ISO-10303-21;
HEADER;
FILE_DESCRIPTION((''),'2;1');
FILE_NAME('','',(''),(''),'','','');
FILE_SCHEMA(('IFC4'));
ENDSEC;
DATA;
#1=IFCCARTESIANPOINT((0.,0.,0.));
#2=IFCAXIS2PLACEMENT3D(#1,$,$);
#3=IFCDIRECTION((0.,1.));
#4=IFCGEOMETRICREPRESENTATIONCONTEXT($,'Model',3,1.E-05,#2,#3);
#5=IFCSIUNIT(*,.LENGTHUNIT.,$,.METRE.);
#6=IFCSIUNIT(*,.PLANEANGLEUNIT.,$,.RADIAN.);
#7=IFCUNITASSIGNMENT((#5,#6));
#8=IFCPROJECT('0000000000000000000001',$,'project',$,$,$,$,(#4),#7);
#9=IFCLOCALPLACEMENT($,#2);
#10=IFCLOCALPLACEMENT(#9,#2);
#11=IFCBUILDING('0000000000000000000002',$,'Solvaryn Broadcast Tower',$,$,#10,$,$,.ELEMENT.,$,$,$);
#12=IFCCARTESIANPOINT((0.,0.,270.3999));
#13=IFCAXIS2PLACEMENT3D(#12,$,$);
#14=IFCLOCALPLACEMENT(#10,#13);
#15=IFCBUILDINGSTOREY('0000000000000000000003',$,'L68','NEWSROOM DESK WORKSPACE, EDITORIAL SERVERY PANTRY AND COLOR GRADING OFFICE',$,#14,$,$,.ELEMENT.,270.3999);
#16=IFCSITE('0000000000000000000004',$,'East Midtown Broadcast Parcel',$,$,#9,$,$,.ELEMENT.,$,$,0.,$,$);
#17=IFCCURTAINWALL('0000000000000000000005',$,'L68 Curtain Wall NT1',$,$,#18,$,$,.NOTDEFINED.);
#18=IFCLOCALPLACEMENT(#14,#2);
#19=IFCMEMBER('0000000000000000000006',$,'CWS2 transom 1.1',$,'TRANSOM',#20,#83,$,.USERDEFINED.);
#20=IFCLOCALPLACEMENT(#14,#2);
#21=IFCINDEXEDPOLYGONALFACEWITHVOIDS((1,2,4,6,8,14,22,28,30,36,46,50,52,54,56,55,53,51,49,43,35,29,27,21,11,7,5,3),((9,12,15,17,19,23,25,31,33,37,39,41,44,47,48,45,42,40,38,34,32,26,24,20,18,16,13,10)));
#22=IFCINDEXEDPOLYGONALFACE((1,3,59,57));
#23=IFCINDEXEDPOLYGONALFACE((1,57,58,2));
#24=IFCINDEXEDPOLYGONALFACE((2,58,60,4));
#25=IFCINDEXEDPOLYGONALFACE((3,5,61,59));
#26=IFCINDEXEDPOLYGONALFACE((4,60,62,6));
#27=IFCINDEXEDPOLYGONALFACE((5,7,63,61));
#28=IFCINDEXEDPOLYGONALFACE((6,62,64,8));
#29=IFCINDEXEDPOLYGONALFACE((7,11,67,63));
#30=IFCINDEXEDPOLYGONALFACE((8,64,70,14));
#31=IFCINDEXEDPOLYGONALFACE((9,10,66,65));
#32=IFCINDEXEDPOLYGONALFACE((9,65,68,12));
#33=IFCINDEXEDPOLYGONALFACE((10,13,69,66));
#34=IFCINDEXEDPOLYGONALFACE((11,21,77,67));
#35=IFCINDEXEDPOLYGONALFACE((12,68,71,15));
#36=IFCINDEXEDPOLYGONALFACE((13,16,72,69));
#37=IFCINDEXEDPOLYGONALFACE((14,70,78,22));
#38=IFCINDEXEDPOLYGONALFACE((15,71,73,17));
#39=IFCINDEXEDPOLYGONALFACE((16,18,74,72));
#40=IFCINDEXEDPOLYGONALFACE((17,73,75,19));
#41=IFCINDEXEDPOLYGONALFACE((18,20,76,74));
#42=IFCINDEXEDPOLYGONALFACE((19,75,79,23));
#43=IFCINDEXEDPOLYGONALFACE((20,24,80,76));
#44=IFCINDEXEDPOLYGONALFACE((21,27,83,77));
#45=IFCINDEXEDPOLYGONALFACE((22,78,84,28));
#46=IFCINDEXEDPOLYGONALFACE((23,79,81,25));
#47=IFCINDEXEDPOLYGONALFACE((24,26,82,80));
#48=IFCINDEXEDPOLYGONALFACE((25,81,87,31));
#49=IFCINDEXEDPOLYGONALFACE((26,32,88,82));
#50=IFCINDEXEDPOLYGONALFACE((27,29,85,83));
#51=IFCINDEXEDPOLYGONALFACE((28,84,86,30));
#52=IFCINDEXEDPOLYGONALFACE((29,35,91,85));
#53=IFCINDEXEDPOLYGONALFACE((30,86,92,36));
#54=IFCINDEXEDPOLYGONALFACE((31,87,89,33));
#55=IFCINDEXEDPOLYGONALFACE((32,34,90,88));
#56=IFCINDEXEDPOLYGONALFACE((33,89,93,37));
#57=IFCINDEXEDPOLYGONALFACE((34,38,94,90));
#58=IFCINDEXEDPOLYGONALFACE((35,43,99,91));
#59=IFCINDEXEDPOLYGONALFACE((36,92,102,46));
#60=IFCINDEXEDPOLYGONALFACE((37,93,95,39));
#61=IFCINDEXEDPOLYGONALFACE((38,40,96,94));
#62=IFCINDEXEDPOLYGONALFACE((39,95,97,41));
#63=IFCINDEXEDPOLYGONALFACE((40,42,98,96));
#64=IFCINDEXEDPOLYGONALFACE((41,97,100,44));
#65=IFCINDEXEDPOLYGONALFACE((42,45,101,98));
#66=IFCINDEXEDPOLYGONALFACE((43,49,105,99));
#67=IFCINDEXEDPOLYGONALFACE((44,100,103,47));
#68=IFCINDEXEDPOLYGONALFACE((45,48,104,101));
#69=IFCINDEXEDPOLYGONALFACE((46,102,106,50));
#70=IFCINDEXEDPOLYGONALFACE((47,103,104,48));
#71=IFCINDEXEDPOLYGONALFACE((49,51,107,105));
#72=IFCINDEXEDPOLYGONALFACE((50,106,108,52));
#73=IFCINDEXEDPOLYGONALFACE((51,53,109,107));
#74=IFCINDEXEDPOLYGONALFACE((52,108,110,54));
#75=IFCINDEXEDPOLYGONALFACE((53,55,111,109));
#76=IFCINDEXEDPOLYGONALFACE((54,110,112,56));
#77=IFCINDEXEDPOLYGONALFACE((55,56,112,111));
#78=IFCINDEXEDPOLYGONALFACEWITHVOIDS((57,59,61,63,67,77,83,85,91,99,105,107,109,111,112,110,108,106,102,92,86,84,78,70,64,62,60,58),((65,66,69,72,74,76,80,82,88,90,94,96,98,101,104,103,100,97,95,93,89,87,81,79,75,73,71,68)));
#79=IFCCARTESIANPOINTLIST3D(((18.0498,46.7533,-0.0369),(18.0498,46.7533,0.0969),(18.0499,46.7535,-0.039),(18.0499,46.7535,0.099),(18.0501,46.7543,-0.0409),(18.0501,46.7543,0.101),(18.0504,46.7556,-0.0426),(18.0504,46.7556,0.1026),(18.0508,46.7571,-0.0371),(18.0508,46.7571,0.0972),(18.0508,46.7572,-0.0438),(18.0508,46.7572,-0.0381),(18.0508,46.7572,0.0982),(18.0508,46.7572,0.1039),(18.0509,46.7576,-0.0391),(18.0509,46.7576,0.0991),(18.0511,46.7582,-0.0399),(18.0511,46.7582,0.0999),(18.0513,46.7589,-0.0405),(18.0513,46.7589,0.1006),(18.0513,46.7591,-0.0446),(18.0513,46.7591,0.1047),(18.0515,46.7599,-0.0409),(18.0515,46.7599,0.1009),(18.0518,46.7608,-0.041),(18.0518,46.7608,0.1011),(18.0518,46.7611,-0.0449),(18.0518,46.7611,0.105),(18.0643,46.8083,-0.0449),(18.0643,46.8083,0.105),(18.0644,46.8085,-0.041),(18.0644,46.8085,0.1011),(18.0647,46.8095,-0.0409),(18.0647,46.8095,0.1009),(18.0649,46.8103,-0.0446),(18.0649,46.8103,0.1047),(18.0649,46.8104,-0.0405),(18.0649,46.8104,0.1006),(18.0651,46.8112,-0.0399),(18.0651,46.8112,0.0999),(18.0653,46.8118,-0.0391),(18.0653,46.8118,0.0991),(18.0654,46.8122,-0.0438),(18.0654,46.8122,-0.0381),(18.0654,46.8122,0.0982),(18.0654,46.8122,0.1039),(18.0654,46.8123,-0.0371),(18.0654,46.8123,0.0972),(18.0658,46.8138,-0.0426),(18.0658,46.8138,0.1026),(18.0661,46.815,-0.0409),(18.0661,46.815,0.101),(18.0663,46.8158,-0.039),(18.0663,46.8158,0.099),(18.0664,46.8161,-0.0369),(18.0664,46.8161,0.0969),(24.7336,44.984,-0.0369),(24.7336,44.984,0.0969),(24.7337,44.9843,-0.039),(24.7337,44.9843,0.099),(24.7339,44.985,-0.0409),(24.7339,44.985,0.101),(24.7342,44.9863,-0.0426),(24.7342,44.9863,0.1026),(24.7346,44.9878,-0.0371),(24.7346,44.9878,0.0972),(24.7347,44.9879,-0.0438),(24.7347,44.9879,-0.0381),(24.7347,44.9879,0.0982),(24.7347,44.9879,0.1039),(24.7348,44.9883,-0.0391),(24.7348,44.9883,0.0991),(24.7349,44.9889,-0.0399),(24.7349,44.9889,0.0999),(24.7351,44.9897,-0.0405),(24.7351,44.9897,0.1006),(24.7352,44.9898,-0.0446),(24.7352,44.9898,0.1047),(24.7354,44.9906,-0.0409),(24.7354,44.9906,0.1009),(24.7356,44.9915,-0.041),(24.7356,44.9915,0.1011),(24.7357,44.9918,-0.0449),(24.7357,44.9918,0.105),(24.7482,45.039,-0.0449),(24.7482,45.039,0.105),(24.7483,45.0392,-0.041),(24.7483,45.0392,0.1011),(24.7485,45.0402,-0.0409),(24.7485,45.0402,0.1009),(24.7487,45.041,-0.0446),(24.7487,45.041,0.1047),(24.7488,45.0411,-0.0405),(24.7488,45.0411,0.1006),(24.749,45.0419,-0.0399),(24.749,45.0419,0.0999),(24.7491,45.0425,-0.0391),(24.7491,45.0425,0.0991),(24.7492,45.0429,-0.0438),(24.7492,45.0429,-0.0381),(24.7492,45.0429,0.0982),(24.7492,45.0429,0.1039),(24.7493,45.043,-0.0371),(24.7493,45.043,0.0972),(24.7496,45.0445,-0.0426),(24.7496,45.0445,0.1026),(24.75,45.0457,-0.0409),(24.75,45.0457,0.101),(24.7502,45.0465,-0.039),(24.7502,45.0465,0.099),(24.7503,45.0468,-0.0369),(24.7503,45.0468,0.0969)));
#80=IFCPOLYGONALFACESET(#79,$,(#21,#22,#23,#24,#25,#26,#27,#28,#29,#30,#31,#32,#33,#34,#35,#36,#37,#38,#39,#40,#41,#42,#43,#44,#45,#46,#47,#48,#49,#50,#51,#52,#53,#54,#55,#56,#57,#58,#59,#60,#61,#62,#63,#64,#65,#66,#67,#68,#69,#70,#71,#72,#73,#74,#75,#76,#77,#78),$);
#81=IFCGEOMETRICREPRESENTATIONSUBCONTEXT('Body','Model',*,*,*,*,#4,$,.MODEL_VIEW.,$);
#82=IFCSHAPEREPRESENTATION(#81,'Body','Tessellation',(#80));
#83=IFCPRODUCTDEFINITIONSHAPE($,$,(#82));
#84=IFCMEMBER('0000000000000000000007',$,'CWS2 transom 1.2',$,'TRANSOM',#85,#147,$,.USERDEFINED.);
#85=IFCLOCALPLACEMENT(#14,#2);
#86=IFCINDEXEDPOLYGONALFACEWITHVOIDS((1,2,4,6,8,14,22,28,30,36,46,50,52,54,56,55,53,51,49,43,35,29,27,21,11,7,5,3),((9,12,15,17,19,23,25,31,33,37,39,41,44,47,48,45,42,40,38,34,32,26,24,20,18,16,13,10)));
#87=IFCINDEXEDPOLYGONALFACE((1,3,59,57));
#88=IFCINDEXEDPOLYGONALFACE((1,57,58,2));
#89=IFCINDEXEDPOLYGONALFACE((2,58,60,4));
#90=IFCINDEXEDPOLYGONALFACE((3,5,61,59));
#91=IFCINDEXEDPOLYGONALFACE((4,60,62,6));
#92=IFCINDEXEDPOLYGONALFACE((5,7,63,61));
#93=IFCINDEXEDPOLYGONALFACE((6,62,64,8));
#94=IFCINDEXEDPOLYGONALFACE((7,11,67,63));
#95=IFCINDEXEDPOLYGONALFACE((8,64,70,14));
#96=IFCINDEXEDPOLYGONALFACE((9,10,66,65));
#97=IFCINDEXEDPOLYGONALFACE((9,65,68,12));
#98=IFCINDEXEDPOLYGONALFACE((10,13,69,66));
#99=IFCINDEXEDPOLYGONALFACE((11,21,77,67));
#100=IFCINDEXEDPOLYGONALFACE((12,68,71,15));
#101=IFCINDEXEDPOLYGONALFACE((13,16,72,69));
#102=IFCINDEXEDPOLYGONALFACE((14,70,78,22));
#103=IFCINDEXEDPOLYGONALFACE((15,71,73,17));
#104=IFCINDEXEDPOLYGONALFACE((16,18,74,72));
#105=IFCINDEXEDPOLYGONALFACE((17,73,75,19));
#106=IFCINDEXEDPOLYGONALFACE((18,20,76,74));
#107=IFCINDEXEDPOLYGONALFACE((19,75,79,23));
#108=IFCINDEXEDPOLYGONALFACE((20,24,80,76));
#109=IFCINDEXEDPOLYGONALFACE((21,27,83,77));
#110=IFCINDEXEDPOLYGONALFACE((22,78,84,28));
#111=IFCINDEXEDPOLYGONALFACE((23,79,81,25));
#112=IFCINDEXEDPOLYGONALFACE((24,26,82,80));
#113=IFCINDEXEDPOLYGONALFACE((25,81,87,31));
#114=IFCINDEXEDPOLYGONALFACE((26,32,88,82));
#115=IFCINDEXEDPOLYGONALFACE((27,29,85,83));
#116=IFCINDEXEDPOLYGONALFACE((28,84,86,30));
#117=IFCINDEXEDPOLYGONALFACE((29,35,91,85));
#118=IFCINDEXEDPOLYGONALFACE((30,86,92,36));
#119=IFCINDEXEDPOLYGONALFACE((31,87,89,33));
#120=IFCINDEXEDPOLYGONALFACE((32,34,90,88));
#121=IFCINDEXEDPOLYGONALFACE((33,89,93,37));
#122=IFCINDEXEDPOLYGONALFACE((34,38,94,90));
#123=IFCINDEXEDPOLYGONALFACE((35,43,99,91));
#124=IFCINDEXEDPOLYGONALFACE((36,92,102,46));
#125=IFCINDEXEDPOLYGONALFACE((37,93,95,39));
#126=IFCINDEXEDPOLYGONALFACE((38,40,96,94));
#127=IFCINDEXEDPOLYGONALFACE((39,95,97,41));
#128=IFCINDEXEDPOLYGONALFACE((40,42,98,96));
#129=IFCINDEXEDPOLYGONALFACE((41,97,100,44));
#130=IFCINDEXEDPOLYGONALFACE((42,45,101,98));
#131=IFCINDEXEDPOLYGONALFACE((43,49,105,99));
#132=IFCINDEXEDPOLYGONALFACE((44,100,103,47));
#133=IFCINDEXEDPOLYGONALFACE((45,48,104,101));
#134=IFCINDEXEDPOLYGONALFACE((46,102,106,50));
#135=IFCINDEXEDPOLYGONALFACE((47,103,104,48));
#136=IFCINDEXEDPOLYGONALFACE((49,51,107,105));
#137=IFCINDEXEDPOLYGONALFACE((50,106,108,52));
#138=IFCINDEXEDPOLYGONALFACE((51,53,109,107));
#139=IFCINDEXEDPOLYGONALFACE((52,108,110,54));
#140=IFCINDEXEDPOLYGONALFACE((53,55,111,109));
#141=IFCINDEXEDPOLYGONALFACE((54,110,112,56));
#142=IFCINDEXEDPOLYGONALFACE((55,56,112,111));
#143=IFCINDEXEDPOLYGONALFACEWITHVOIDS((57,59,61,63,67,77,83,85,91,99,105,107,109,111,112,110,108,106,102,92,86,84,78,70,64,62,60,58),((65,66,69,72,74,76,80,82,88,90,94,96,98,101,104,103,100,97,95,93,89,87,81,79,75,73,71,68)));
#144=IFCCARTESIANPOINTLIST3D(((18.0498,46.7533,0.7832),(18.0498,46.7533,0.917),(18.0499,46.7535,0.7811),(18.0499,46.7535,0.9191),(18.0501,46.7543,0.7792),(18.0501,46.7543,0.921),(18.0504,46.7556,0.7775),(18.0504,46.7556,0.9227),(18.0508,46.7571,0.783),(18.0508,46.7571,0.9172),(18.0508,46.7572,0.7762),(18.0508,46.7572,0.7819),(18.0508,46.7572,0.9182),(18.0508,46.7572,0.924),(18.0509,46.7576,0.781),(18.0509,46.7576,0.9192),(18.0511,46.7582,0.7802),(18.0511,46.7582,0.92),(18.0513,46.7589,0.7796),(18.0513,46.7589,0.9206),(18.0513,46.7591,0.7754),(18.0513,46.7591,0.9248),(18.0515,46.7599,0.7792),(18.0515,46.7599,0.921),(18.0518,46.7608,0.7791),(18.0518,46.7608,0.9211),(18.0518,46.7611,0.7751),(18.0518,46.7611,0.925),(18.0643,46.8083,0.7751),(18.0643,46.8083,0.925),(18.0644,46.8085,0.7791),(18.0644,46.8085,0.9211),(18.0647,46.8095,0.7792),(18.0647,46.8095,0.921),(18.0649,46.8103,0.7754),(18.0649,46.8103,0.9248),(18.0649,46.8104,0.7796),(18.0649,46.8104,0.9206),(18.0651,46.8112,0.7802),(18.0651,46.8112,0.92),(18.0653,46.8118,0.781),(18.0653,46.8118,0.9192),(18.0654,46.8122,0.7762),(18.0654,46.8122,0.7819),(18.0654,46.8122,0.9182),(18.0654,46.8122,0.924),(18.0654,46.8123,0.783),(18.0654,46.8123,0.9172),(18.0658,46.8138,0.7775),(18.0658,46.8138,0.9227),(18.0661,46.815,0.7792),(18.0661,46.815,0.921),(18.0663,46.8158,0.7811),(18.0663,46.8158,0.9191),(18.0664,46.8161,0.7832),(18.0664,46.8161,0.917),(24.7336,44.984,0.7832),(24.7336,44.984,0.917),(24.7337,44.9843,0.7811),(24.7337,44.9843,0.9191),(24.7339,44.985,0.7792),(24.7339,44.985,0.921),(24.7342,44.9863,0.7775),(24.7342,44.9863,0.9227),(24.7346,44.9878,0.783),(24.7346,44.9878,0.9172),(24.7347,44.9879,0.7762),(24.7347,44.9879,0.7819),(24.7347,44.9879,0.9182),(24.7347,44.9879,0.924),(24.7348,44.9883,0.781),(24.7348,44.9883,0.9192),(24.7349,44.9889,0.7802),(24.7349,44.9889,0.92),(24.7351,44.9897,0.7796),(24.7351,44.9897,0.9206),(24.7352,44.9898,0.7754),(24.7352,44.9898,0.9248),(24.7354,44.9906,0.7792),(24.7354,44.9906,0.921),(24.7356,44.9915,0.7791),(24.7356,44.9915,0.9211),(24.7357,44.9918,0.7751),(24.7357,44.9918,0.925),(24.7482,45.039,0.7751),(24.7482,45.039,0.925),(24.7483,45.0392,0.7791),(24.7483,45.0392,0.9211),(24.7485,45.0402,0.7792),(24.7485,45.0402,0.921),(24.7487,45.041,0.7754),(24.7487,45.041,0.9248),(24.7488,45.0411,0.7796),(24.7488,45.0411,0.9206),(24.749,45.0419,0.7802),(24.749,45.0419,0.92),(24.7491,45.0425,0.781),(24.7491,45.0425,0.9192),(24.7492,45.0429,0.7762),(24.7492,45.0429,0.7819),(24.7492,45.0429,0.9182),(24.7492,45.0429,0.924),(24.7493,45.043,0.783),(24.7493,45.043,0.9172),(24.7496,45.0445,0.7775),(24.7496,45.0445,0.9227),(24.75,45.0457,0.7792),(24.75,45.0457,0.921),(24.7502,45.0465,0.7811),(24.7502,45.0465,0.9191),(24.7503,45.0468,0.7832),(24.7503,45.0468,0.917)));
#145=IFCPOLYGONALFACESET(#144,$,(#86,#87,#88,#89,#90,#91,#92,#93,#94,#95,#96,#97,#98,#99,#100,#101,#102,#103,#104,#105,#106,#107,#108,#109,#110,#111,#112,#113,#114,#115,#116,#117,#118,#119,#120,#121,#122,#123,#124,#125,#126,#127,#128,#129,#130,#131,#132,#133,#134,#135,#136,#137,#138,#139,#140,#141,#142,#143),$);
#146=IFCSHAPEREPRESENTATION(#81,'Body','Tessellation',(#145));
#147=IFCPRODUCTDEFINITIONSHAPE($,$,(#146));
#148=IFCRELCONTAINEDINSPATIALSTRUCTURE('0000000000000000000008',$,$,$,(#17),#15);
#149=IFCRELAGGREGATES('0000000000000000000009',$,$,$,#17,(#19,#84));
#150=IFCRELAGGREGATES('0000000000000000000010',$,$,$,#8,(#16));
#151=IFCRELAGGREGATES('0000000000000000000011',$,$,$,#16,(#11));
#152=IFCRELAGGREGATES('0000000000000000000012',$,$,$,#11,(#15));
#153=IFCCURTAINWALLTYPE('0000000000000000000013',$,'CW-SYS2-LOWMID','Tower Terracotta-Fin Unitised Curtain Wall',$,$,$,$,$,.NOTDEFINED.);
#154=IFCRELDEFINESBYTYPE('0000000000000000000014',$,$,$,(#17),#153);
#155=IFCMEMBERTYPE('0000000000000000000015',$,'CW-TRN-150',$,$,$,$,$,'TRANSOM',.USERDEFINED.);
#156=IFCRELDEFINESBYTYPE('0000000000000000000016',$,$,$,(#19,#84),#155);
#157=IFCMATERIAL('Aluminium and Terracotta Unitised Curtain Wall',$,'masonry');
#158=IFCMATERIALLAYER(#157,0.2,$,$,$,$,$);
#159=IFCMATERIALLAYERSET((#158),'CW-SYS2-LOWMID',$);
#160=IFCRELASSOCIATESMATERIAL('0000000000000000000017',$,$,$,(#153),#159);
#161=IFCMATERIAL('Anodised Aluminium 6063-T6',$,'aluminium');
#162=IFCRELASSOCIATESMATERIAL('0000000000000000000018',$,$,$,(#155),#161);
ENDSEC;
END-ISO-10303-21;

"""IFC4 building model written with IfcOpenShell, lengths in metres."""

from ifc_helpers import new_model, si_unit, direction, frame, origin, origin_2d, place, context, subcontext, project, spatial, hollow_rectangle, extrude, material, layer, layer_set, material_profile, profile_set, type_object, element, aggregate, save


model = new_model("IFC4")

# Units and contexts
model_context = context("Model", 3, precision=1e-05, world=origin(), true_north=direction((0.0, 1.0)))
body_context = subcontext(model_context, "Body", "Model", "MODEL_VIEW")
ifc_project = project(units=[si_unit("LENGTHUNIT", "METRE"), si_unit("PLANEANGLEUNIT", "RADIAN")], contexts=[model_context])

# Site, building, storey
site_placement = place(None, origin())
site = spatial("IfcSite", under=ifc_project, at=site_placement, Name="East Midtown Broadcast Parcel", CompositionType="ELEMENT", RefElevation=0.0)
building_placement = place(site_placement, origin())
building = spatial("IfcBuilding", under=site, at=building_placement, Name="Solvaryn Broadcast Tower", CompositionType="ELEMENT")
storey_placement = place(building_placement, frame((0.0, 0.0, 270.3999)))
storey = spatial("IfcBuildingStorey", under=building, at=storey_placement, Name="L68", Description="NEWSROOM DESK WORKSPACE, EDITORIAL SERVERY PANTRY AND COLOR GRADING OFFICE", CompositionType="ELEMENT", Elevation=270.3999)

# Shared definitions
ifc_material_1 = material(Name="Aluminium and Terracotta Unitised Curtain Wall", Category="masonry")
ifc_layer_1 = layer(ifc_material_1, 0.2)
ifc_layer_set_1 = layer_set([ifc_layer_1], Name="CW-SYS2-LOWMID")
curtain_wall_type = type_object("IfcCurtainWallType", Name="CW-SYS2-LOWMID", Description="Tower Terracotta-Fin Unitised Curtain Wall", PredefinedType="NOTDEFINED", material=ifc_layer_set_1)

# Curtain wall
curtain_wall_1_placement = place(storey_placement, origin())
curtain_wall_1 = element("IfcCurtainWall", 1, at=curtain_wall_1_placement, inside=storey, type_object=curtain_wall_type, Name="L68 Curtain Wall NT1", PredefinedType="NOTDEFINED")

# Members
ifc_material_2 = material(Name="Anodised Aluminium 6063-T6", Category="aluminium")
ifc_material_profile_1 = material_profile(ifc_material_2, hollow_rectangle(XDim=0.0649, YDim=0.1499, WallThickness=0.0039, InnerFilletRadius=0.0039, OuterFilletRadius=0.0081, at=origin_2d()))
ifc_profile_set_1 = profile_set([ifc_material_profile_1], Name="Anodised Aluminium 6063-T6")
member_type_1 = type_object("IfcMemberType", Name="CW-TRN-150", ElementType="TRANSOM", PredefinedType="USERDEFINED", material=ifc_profile_set_1)
member_1_placement = place(storey_placement, frame((24.7419, 45.0154, 0.03), z_axis=(-0.966704, 0.255897, 0.0), x_axis=(-0.255897, -0.966704, 0.0)))
member_1 = element("IfcMember", 2, at=member_1_placement, type_object=member_type_1, Name="CWS2 transom 1.1", ObjectType="TRANSOM", PredefinedType="USERDEFINED", context=body_context, shape_type="SweptSolid", body=[
    extrude(hollow_rectangle(XDim=0.0649, YDim=0.1499, WallThickness=0.0039, InnerFilletRadius=0.0039, OuterFilletRadius=0.0081, at=origin_2d()), origin(), (0.0, 0.0, 1.0), 6.9141),
])
member_2_placement = place(storey_placement, frame((24.7419, 45.0154, 0.8501), z_axis=(-0.966704, 0.255897, 0.0), x_axis=(-0.255897, -0.966704, 0.0)))
member_2 = element("IfcMember", 3, at=member_2_placement, type_object=member_type_1, Name="CWS2 transom 1.2", ObjectType="TRANSOM", PredefinedType="USERDEFINED", context=body_context, shape_type="SweptSolid", body=[
    extrude(hollow_rectangle(XDim=0.0649, YDim=0.1499, WallThickness=0.0039, InnerFilletRadius=0.0039, OuterFilletRadius=0.0081, at=origin_2d()), origin(), (0.0, 0.0, 1.0), 6.9141),
])
aggregate(curtain_wall_1, [member_1, member_2])

save(model, "model.ifc")
